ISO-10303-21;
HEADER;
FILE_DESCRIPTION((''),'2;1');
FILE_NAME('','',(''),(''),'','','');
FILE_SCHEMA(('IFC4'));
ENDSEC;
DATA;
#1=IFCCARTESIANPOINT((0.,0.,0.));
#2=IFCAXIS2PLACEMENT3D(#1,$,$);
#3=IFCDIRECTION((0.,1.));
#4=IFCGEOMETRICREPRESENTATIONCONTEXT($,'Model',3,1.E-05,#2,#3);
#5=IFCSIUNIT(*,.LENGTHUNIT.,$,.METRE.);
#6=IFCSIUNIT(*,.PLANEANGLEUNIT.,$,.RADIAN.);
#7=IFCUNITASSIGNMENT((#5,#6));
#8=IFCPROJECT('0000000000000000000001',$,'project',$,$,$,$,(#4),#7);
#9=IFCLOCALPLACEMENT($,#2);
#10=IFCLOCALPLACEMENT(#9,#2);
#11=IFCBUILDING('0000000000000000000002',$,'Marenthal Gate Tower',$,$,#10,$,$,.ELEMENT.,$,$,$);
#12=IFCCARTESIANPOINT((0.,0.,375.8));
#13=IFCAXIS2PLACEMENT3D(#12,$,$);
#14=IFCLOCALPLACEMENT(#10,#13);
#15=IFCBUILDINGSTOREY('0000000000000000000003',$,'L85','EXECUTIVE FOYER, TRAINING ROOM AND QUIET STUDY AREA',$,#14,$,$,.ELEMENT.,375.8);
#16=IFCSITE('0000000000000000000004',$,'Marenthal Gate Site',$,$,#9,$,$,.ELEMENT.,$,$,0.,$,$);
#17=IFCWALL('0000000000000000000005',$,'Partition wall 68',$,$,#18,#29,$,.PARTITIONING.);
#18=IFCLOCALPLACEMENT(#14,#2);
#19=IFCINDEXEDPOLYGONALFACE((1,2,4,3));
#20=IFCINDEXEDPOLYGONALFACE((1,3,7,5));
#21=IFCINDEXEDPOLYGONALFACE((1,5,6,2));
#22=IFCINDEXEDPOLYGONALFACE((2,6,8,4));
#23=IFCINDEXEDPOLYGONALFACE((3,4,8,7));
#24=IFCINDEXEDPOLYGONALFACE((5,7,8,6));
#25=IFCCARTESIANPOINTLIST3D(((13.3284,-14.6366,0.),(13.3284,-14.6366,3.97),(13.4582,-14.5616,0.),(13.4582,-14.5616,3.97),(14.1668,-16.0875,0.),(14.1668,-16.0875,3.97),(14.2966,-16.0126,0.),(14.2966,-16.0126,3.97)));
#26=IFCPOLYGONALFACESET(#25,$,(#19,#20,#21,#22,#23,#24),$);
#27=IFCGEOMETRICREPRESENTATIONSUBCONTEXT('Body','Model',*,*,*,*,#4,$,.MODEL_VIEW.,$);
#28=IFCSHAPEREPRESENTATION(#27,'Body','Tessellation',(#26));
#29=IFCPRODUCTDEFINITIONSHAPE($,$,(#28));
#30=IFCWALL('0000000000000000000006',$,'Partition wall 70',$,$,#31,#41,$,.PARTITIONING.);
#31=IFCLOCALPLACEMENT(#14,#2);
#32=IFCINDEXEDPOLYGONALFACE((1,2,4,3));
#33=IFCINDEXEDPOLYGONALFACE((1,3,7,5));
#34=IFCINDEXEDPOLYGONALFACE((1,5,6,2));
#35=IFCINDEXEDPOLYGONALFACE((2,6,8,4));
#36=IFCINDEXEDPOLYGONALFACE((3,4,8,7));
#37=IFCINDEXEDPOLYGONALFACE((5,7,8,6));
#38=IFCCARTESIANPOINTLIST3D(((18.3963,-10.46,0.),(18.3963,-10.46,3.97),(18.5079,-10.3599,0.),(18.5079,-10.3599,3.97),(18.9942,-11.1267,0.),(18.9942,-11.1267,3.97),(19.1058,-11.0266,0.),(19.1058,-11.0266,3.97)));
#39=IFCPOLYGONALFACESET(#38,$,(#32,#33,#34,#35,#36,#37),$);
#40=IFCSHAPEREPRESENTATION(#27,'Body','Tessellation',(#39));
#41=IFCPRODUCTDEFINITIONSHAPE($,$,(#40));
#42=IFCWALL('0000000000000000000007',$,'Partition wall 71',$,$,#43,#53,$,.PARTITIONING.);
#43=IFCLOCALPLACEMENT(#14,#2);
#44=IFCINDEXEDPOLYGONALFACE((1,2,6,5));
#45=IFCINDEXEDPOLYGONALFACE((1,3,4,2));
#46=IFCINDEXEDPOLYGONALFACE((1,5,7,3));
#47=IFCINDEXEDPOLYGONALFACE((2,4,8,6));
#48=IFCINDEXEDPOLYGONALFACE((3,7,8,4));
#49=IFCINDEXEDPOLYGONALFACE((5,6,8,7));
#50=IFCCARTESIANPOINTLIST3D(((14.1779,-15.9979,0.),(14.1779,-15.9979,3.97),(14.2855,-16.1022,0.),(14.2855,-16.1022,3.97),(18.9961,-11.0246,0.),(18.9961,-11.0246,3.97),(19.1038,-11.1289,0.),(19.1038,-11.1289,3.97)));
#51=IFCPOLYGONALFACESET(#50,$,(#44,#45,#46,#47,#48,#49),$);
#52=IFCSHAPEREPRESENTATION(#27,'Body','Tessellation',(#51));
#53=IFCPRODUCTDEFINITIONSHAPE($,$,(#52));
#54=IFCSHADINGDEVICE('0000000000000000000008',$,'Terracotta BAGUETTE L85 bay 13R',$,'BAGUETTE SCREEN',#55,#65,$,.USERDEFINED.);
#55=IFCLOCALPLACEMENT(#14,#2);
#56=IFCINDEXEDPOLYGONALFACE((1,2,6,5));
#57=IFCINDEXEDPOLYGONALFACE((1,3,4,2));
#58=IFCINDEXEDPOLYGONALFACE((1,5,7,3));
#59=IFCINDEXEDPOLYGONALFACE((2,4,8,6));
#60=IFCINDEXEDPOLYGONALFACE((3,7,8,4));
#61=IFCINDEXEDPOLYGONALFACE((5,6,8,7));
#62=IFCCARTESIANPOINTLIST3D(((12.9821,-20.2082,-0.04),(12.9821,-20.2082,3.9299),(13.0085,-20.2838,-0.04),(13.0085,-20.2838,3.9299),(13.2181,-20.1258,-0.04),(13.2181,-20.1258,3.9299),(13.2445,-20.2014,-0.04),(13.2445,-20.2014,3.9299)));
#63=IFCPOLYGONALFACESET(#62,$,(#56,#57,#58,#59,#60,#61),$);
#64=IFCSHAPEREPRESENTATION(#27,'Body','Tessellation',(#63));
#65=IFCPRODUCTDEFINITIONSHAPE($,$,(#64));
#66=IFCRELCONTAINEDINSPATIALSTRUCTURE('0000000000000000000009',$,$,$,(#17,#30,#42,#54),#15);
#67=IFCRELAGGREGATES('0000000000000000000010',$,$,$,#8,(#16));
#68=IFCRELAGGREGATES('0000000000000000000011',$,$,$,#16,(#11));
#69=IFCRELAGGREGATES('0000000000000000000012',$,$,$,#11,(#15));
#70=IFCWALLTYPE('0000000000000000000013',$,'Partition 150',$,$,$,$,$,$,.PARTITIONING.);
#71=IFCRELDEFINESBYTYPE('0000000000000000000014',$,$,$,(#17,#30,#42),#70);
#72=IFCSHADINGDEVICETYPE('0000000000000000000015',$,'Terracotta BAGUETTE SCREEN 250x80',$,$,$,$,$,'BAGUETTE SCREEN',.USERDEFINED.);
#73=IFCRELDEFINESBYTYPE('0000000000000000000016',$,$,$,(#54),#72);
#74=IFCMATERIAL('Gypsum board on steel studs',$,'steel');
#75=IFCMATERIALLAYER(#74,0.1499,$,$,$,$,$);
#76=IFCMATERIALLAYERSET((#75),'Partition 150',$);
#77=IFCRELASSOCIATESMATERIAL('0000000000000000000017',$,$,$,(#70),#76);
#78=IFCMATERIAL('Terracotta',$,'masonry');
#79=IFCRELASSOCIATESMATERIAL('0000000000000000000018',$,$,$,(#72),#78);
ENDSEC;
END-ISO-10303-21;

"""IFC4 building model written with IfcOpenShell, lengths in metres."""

from ifc_helpers import new_model, si_unit, direction, frame, frame_2d, origin, origin_2d, place, context, subcontext, project, spatial, rectangle, extrude, material, layer, layer_set, material_profile, profile_set, type_object, element, save


model = new_model("IFC4")

# Units and contexts
model_context = context("Model", 3, precision=1e-05, world=origin(), true_north=direction((0.0, 1.0)))
body_context = subcontext(model_context, "Body", "Model", "MODEL_VIEW")
ifc_project = project(units=[si_unit("LENGTHUNIT", "METRE"), si_unit("PLANEANGLEUNIT", "RADIAN")], contexts=[model_context])

# Site, building, storey
site_placement = place(None, origin())
site = spatial("IfcSite", under=ifc_project, at=site_placement, Name="Marenthal Gate Site", CompositionType="ELEMENT", RefElevation=0.0)
building_placement = place(site_placement, origin())
building = spatial("IfcBuilding", under=site, at=building_placement, Name="Marenthal Gate Tower", CompositionType="ELEMENT")
storey_placement = place(building_placement, frame((0.0, 0.0, 375.8)))
storey = spatial("IfcBuildingStorey", under=building, at=storey_placement, Name="L85", Description="EXECUTIVE FOYER, TRAINING ROOM AND QUIET STUDY AREA", CompositionType="ELEMENT", Elevation=375.8)

# Walls
ifc_material_1 = material(Name="Gypsum board on steel studs", Category="steel")
ifc_layer_1 = layer(ifc_material_1, 0.1499)
ifc_layer_set_1 = layer_set([ifc_layer_1], Name="Partition 150")
wall_type_1 = type_object("IfcWallType", Name="Partition 150", PredefinedType="PARTITIONING", material=ifc_layer_set_1)
wall_1_placement = place(storey_placement, frame((14.2317, -16.05, 0.0), z_axis=(0.0, 0.0, 1.0), x_axis=(-0.500307, 0.865848, 0.0)))
element("IfcWall", 1, at=wall_1_placement, inside=storey, type_object=wall_type_1, Name="Partition wall 68", PredefinedType="PARTITIONING", context=body_context, shape_type="SweptSolid", body=[
    extrude(rectangle(XDim=1.6758, YDim=0.1499, at=frame_2d((0.8379, 0.0))), origin(), (0.0, 0.0, 1.0), 3.97),
])
wall_2_placement = place(storey_placement, frame((18.4521, -10.4099, 0.0), z_axis=(0.0, 0.0, 1.0), x_axis=(0.667623, -0.744499, 0.0)))
element("IfcWall", 2, at=wall_2_placement, inside=storey, type_object=wall_type_1, Name="Partition wall 70", PredefinedType="PARTITIONING", context=body_context, shape_type="SweptSolid", body=[
    extrude(rectangle(XDim=0.8955, YDim=0.1499, at=frame_2d((0.4478, 0.0))), origin(), (0.0, 0.0, 1.0), 3.97),
])
wall_3_placement = place(storey_placement, frame((19.05, -11.0767, 0.0), z_axis=(0.0, 0.0, 1.0), x_axis=(-0.695824, -0.718212, 0.0)))
element("IfcWall", 3, at=wall_3_placement, inside=storey, type_object=wall_type_1, Name="Partition wall 71", PredefinedType="PARTITIONING", context=body_context, shape_type="SweptSolid", body=[
    extrude(rectangle(XDim=6.9246, YDim=0.1499, at=frame_2d((3.4624, 0.0))), origin(), (0.0, 0.0, 1.0), 3.97),
])

# Shading device
ifc_material_2 = material(Name="Terracotta", Category="masonry")
ifc_material_profile_1 = material_profile(ifc_material_2, rectangle(XDim=0.25, YDim=0.0801, at=origin_2d()), Name="Terracotta baguette 250x80")
ifc_profile_set_1 = profile_set([ifc_material_profile_1], Name="Terracotta")
shading_device_type = type_object("IfcShadingDeviceType", Name="Terracotta BAGUETTE SCREEN 250x80", ElementType="BAGUETTE SCREEN", PredefinedType="USERDEFINED", material=ifc_profile_set_1)
shading_device_placement = place(storey_placement, frame((13.1133, -20.2048, -0.04), z_axis=(0.0, 0.0, 1.0), x_axis=(0.944082, 0.32971, 0.0)))
element("IfcShadingDevice", 4, at=shading_device_placement, inside=storey, type_object=shading_device_type, Name="Terracotta BAGUETTE L85 bay 13R", ObjectType="BAGUETTE SCREEN", PredefinedType="USERDEFINED", context=body_context, shape_type="SweptSolid", body=[
    extrude(rectangle(XDim=0.25, YDim=0.0801, at=origin_2d()), origin(), (0.0, 0.0, 1.0), 3.97),
])

save(model, "model.ifc")
